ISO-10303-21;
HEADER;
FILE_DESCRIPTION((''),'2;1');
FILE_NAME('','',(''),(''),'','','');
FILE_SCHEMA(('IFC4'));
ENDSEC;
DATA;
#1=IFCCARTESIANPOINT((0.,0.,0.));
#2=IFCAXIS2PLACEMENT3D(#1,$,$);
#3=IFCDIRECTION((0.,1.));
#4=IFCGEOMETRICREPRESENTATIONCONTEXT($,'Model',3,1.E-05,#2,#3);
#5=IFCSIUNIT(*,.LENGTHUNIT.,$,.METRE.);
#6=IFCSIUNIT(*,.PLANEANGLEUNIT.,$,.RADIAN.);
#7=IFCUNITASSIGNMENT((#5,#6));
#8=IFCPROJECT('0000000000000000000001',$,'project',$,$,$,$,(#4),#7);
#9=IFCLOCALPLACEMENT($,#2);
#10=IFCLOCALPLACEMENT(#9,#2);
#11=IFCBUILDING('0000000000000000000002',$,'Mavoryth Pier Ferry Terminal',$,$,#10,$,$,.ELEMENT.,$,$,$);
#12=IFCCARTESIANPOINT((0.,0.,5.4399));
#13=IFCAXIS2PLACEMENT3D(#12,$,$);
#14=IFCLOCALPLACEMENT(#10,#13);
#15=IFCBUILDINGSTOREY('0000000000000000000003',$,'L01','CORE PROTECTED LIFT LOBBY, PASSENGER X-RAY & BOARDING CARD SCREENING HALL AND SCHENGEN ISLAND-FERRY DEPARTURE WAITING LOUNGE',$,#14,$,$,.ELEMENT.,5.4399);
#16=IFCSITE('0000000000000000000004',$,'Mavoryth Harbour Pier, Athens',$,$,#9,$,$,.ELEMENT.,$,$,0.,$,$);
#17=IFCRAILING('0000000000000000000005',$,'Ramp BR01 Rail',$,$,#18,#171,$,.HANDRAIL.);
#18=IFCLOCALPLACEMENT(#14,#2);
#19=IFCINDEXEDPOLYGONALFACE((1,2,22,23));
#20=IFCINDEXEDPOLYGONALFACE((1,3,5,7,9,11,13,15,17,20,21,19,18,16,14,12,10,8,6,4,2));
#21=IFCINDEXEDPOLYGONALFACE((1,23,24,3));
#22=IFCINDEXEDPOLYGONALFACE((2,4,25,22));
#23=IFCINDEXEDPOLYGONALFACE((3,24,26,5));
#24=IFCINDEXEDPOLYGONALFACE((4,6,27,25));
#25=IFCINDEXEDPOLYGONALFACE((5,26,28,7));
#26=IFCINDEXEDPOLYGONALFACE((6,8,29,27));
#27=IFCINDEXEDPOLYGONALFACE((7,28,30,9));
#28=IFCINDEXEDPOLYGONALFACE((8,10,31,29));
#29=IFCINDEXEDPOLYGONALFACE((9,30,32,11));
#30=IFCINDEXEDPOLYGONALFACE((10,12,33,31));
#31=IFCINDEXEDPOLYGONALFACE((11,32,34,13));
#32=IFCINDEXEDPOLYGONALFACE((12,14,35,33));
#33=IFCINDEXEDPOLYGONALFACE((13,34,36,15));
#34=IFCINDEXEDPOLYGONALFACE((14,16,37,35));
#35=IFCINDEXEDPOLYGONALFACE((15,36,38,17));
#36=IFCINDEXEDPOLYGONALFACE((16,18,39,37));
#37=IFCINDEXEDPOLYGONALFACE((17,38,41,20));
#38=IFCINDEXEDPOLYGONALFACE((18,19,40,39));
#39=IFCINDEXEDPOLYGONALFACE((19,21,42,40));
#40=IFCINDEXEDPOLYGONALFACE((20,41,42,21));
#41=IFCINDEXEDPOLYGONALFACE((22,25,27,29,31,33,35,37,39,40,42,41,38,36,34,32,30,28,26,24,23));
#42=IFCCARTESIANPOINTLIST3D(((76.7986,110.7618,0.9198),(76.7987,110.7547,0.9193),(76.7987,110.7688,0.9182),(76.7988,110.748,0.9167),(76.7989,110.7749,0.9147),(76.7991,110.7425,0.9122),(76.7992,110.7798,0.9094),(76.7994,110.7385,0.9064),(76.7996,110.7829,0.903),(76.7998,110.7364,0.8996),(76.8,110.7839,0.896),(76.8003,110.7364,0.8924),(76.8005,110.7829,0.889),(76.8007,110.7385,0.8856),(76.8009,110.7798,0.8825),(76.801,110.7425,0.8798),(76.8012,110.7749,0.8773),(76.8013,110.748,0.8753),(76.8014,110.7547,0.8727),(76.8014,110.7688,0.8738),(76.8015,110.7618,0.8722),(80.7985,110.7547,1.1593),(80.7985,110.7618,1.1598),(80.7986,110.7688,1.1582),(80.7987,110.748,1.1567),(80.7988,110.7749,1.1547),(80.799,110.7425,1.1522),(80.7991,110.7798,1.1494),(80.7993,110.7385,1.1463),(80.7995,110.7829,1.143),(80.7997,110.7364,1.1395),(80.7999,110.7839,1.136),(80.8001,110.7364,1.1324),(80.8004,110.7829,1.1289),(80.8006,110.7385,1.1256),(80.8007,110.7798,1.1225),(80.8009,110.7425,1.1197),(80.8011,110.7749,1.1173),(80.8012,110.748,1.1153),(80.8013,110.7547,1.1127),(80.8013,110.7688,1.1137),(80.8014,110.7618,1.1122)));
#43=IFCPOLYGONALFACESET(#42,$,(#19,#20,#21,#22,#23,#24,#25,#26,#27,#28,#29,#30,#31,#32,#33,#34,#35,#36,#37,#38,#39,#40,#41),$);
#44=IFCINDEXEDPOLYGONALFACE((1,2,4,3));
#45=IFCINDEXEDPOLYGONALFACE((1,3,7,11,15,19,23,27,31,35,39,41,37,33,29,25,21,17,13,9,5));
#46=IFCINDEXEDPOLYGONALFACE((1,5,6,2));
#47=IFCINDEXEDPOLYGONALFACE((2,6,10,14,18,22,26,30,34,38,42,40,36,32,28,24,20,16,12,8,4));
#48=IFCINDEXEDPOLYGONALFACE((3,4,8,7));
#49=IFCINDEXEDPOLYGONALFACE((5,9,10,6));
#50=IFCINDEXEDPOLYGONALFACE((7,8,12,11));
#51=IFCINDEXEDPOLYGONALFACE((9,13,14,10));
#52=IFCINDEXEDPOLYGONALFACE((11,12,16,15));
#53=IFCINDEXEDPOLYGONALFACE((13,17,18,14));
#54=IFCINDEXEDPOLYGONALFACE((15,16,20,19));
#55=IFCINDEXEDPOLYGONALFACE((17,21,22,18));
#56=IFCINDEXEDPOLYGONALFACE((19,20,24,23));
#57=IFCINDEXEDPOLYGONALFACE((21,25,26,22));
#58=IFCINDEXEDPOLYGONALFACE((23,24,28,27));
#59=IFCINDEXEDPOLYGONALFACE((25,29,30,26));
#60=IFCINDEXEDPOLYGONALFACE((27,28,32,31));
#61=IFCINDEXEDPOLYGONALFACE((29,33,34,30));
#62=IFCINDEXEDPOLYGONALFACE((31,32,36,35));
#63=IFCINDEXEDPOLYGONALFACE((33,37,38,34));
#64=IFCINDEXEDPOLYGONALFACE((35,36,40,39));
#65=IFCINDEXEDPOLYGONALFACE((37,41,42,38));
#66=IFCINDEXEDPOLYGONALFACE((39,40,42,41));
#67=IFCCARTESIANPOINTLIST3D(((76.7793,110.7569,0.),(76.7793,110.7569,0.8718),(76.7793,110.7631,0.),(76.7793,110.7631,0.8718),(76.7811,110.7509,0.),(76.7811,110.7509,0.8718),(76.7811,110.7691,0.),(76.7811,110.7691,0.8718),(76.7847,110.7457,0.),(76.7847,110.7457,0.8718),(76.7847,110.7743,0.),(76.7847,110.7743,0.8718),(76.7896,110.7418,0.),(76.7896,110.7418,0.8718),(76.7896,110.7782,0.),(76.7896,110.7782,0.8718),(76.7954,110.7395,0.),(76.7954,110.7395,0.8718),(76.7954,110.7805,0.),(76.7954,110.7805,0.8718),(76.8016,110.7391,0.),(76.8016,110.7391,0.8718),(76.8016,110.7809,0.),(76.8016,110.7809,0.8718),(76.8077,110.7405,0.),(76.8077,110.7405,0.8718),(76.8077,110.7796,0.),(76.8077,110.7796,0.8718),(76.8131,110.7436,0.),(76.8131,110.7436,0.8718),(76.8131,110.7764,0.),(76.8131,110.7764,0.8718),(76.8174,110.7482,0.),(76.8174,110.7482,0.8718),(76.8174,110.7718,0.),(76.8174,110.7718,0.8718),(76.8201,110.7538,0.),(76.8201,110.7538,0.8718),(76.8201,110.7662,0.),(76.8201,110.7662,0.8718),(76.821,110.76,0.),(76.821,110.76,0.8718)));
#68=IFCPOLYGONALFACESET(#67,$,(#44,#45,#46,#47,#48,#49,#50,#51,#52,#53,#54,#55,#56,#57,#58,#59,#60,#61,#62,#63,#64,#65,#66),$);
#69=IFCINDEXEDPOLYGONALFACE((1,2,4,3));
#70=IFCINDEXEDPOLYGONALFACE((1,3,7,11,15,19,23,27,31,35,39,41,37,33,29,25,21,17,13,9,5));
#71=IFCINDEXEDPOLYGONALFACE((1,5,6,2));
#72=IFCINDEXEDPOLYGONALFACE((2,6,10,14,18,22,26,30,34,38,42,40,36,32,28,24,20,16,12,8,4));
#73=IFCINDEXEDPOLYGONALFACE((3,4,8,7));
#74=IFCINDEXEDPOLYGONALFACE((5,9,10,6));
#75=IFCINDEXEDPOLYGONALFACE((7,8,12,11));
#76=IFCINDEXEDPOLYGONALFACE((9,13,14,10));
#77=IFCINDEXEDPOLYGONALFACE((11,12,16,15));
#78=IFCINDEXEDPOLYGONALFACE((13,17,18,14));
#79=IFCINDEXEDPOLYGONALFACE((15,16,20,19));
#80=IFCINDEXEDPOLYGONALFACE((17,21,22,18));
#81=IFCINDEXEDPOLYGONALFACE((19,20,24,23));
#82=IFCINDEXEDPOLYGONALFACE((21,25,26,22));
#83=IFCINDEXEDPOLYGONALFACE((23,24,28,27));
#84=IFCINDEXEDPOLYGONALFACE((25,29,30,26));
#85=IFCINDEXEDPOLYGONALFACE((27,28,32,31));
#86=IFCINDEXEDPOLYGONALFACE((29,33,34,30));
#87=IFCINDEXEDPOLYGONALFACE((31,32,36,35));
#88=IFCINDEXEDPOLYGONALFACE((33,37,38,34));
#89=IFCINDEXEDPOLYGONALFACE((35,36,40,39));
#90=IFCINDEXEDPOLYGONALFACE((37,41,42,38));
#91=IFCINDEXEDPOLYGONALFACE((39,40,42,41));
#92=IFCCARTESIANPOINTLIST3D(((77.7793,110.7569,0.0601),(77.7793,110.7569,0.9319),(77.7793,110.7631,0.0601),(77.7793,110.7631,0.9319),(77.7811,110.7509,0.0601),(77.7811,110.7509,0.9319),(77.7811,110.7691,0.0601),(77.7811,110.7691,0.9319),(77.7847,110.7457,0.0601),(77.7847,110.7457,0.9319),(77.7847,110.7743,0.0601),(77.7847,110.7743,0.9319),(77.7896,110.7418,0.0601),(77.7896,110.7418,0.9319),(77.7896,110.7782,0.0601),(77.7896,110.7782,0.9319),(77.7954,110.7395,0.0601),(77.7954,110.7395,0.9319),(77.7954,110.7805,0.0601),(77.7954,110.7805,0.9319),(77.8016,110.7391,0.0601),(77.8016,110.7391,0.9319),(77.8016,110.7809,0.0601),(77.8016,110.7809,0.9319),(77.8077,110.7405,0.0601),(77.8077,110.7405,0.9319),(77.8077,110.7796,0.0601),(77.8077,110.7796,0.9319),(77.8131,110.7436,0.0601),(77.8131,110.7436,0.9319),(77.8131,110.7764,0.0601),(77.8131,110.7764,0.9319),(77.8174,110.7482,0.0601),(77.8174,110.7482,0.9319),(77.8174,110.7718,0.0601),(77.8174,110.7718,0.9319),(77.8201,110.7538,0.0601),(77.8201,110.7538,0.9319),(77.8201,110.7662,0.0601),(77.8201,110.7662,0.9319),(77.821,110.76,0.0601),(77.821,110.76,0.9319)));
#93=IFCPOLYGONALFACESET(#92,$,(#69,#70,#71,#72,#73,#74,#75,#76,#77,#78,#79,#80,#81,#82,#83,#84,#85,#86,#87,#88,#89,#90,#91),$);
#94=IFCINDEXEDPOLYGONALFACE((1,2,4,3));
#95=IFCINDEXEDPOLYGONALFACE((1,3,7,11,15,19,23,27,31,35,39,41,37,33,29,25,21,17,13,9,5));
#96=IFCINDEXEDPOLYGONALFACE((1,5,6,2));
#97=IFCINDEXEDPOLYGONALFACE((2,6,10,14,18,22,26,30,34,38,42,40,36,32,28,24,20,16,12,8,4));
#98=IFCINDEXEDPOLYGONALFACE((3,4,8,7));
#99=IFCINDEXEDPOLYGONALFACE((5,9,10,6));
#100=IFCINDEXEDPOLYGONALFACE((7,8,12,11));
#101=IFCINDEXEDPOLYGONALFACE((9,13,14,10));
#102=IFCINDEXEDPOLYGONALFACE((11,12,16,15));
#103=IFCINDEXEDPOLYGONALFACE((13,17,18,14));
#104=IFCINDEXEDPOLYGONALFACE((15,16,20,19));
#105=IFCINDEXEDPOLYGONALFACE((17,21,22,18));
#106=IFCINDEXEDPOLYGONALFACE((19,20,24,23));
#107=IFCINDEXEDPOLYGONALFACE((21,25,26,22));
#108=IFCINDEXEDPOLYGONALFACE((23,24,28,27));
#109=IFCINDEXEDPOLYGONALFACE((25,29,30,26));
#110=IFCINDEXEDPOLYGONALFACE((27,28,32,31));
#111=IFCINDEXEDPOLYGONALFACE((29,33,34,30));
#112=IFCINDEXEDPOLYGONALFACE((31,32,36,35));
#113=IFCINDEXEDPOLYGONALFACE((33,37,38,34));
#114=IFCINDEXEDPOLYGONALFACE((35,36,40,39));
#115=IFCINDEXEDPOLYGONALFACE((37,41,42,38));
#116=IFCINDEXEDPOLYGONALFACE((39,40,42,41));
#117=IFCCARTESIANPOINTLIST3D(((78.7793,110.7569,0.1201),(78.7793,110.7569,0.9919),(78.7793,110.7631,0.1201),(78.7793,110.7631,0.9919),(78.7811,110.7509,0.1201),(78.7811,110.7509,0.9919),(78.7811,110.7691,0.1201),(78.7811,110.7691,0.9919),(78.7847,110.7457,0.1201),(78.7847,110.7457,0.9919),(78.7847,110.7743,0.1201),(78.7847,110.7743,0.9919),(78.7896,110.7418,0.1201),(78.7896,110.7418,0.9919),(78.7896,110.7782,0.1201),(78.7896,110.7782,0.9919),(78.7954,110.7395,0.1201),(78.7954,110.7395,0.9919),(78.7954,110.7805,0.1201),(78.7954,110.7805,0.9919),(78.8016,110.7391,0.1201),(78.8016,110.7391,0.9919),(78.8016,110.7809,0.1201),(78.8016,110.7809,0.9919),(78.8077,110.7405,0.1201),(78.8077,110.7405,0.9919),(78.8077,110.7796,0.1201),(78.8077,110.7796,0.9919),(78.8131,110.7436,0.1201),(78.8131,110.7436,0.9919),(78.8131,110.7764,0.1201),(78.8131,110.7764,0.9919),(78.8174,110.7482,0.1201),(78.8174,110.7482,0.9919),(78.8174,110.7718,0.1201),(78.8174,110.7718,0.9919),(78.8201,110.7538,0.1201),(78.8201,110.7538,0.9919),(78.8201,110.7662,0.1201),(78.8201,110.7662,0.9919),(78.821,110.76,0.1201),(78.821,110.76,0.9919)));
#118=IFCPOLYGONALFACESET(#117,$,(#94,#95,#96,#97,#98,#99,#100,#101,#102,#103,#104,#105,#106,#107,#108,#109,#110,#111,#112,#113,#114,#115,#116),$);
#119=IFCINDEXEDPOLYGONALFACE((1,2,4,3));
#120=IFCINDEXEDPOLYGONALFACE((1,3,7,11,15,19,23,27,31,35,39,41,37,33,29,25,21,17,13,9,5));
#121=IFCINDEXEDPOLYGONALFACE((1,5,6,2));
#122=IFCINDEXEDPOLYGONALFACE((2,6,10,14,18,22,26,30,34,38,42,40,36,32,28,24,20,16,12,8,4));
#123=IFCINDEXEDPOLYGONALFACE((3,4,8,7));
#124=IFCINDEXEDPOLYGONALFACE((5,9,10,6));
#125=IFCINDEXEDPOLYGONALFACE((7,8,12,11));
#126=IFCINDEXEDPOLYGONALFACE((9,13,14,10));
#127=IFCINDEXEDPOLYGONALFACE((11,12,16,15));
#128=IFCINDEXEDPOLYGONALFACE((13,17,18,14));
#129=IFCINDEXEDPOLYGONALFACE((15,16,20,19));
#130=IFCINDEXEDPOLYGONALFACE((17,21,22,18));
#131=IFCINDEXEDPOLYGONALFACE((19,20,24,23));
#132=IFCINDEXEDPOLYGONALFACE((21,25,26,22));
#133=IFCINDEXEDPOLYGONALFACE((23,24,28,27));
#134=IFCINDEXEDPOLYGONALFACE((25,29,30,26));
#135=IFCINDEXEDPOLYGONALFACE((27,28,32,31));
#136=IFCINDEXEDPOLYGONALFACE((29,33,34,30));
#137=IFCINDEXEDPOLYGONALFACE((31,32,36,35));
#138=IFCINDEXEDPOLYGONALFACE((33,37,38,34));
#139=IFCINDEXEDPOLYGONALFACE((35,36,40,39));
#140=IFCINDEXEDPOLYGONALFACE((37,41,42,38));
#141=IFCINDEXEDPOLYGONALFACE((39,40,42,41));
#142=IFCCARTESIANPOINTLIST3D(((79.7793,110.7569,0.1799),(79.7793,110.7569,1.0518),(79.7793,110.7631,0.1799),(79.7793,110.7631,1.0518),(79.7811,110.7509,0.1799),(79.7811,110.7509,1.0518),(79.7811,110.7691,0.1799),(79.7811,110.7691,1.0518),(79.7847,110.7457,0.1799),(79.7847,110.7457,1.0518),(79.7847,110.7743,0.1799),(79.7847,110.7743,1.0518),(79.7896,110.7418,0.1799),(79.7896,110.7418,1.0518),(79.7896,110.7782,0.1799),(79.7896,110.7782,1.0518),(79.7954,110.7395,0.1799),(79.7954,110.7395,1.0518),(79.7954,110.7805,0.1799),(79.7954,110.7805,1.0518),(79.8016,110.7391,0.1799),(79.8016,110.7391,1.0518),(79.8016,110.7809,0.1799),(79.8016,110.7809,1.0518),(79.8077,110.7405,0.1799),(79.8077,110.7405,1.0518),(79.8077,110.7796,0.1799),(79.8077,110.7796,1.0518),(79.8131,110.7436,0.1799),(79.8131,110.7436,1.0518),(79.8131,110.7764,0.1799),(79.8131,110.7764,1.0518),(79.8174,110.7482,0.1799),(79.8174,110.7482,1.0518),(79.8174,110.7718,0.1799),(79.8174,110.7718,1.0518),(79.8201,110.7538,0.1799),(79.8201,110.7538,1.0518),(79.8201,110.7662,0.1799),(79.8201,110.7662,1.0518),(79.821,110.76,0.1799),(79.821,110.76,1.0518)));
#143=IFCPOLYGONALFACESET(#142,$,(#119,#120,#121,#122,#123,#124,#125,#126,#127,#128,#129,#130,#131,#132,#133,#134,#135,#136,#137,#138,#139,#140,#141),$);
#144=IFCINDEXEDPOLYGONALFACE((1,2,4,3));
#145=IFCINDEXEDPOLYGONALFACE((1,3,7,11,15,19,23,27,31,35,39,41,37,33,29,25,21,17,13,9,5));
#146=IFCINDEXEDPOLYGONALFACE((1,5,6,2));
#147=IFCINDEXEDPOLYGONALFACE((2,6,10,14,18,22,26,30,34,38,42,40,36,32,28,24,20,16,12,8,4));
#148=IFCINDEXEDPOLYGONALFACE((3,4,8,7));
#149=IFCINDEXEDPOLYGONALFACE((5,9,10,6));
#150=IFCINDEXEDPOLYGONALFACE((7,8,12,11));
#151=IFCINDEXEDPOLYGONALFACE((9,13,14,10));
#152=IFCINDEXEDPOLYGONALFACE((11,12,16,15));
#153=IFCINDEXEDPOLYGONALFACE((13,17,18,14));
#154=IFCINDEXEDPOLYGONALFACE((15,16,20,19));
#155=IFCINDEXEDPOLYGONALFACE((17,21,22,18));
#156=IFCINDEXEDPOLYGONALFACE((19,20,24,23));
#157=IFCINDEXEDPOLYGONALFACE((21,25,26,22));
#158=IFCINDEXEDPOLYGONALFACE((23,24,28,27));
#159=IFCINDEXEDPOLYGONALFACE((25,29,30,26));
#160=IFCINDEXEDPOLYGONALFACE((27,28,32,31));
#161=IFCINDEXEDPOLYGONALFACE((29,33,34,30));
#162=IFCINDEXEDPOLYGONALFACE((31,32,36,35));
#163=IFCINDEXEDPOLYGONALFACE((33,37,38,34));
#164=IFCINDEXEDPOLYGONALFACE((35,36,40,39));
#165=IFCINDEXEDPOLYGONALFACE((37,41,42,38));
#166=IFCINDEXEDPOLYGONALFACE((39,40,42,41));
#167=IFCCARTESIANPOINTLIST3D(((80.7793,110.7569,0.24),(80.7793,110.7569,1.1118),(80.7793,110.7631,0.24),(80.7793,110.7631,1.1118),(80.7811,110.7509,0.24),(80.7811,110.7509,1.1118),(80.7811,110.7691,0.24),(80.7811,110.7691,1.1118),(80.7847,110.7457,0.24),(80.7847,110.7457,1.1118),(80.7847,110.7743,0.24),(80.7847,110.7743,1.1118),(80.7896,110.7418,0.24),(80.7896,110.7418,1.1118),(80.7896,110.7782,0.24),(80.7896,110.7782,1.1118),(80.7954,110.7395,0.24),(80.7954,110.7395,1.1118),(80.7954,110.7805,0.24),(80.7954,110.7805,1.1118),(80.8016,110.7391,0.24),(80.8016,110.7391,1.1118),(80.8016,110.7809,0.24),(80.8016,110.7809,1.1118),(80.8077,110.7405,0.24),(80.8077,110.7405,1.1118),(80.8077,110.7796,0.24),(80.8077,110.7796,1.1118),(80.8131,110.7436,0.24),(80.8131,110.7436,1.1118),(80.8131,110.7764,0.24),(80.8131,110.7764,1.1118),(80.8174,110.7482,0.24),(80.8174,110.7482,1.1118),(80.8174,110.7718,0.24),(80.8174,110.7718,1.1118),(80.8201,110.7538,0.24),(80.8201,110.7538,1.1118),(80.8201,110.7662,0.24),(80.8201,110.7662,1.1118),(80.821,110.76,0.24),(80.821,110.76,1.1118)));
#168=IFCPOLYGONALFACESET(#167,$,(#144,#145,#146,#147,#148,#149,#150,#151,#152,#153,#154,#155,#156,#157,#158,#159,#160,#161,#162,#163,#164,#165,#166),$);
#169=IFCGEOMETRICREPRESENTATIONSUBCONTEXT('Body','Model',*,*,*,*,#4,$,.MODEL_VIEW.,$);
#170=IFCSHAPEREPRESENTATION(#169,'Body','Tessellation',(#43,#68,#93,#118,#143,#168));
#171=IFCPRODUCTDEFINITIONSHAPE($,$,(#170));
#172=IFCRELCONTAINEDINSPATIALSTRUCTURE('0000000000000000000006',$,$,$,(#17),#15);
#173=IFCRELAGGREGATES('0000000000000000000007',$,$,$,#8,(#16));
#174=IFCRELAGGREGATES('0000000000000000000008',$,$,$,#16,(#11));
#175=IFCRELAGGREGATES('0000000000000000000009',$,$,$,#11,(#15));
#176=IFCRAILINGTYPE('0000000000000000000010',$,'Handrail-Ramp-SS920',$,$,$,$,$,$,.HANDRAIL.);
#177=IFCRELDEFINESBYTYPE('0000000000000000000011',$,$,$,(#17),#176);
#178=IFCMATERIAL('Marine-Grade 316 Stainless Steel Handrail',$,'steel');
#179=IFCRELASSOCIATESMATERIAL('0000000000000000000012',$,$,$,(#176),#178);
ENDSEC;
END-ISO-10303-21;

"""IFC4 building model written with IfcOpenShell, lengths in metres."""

from ifc_helpers import new_model, si_unit, direction, frame, origin, origin_2d, place, context, subcontext, project, spatial, circle, extrude, material, type_object, element, save


model = new_model("IFC4")

# Units and contexts
model_context = context("Model", 3, precision=1e-05, world=origin(), true_north=direction((0.0, 1.0)))
body_context = subcontext(model_context, "Body", "Model", "MODEL_VIEW")
ifc_project = project(units=[si_unit("LENGTHUNIT", "METRE"), si_unit("PLANEANGLEUNIT", "RADIAN")], contexts=[model_context])

# Site, building, storey
site_placement = place(None, origin())
site = spatial("IfcSite", under=ifc_project, at=site_placement, Name="Mavoryth Harbour Pier, Athens", CompositionType="ELEMENT", RefElevation=0.0)
building_placement = place(site_placement, origin())
building = spatial("IfcBuilding", under=site, at=building_placement, Name="Mavoryth Pier Ferry Terminal", CompositionType="ELEMENT")
storey_placement = place(building_placement, frame((0.0, 0.0, 5.4399)))
storey = spatial("IfcBuildingStorey", under=building, at=storey_placement, Name="L01", Description="CORE PROTECTED LIFT LOBBY, PASSENGER X-RAY & BOARDING CARD SCREENING HALL AND SCHENGEN ISLAND-FERRY DEPARTURE WAITING LOUNGE", CompositionType="ELEMENT", Elevation=5.4399)

# Railing
ifc_material_1 = material(Name="Marine-Grade 316 Stainless Steel Handrail", Category="steel")
railing_type = type_object("IfcRailingType", Name="Handrail-Ramp-SS920", PredefinedType="HANDRAIL", material=ifc_material_1)
railing_placement = place(storey_placement, frame((76.8, 110.76, 0.0)))
element("IfcRailing", 1, at=railing_placement, inside=storey, type_object=railing_type, Name="Ramp BR01 Rail", PredefinedType="HANDRAIL", context=body_context, shape_type="SweptSolid", body=[
    extrude(circle(Radius=0.0239, at=origin_2d()), frame((0.0, 0.0, 0.896), z_axis=(0.998205, 0.0, 0.05989), x_axis=(0.0, 1.0, 0.0)), (0.0, 0.0, 1.0), 4.0071),
    extrude(circle(Radius=0.021, at=origin_2d()), origin(), (0.0, 0.0, 1.0), 0.8718),
    extrude(circle(Radius=0.021, at=origin_2d()), frame((1.0, 0.0, 0.0601)), (0.0, 0.0, 1.0), 0.8718),
    extrude(circle(Radius=0.021, at=origin_2d()), frame((2.0, 0.0, 0.1201)), (0.0, 0.0, 1.0), 0.8718),
    extrude(circle(Radius=0.021, at=origin_2d()), frame((3.0, 0.0, 0.1799)), (0.0, 0.0, 1.0), 0.8718),
    extrude(circle(Radius=0.021, at=origin_2d()), frame((4.0, 0.0, 0.24)), (0.0, 0.0, 1.0), 0.8718),
])

save(model, "model.ifc")
